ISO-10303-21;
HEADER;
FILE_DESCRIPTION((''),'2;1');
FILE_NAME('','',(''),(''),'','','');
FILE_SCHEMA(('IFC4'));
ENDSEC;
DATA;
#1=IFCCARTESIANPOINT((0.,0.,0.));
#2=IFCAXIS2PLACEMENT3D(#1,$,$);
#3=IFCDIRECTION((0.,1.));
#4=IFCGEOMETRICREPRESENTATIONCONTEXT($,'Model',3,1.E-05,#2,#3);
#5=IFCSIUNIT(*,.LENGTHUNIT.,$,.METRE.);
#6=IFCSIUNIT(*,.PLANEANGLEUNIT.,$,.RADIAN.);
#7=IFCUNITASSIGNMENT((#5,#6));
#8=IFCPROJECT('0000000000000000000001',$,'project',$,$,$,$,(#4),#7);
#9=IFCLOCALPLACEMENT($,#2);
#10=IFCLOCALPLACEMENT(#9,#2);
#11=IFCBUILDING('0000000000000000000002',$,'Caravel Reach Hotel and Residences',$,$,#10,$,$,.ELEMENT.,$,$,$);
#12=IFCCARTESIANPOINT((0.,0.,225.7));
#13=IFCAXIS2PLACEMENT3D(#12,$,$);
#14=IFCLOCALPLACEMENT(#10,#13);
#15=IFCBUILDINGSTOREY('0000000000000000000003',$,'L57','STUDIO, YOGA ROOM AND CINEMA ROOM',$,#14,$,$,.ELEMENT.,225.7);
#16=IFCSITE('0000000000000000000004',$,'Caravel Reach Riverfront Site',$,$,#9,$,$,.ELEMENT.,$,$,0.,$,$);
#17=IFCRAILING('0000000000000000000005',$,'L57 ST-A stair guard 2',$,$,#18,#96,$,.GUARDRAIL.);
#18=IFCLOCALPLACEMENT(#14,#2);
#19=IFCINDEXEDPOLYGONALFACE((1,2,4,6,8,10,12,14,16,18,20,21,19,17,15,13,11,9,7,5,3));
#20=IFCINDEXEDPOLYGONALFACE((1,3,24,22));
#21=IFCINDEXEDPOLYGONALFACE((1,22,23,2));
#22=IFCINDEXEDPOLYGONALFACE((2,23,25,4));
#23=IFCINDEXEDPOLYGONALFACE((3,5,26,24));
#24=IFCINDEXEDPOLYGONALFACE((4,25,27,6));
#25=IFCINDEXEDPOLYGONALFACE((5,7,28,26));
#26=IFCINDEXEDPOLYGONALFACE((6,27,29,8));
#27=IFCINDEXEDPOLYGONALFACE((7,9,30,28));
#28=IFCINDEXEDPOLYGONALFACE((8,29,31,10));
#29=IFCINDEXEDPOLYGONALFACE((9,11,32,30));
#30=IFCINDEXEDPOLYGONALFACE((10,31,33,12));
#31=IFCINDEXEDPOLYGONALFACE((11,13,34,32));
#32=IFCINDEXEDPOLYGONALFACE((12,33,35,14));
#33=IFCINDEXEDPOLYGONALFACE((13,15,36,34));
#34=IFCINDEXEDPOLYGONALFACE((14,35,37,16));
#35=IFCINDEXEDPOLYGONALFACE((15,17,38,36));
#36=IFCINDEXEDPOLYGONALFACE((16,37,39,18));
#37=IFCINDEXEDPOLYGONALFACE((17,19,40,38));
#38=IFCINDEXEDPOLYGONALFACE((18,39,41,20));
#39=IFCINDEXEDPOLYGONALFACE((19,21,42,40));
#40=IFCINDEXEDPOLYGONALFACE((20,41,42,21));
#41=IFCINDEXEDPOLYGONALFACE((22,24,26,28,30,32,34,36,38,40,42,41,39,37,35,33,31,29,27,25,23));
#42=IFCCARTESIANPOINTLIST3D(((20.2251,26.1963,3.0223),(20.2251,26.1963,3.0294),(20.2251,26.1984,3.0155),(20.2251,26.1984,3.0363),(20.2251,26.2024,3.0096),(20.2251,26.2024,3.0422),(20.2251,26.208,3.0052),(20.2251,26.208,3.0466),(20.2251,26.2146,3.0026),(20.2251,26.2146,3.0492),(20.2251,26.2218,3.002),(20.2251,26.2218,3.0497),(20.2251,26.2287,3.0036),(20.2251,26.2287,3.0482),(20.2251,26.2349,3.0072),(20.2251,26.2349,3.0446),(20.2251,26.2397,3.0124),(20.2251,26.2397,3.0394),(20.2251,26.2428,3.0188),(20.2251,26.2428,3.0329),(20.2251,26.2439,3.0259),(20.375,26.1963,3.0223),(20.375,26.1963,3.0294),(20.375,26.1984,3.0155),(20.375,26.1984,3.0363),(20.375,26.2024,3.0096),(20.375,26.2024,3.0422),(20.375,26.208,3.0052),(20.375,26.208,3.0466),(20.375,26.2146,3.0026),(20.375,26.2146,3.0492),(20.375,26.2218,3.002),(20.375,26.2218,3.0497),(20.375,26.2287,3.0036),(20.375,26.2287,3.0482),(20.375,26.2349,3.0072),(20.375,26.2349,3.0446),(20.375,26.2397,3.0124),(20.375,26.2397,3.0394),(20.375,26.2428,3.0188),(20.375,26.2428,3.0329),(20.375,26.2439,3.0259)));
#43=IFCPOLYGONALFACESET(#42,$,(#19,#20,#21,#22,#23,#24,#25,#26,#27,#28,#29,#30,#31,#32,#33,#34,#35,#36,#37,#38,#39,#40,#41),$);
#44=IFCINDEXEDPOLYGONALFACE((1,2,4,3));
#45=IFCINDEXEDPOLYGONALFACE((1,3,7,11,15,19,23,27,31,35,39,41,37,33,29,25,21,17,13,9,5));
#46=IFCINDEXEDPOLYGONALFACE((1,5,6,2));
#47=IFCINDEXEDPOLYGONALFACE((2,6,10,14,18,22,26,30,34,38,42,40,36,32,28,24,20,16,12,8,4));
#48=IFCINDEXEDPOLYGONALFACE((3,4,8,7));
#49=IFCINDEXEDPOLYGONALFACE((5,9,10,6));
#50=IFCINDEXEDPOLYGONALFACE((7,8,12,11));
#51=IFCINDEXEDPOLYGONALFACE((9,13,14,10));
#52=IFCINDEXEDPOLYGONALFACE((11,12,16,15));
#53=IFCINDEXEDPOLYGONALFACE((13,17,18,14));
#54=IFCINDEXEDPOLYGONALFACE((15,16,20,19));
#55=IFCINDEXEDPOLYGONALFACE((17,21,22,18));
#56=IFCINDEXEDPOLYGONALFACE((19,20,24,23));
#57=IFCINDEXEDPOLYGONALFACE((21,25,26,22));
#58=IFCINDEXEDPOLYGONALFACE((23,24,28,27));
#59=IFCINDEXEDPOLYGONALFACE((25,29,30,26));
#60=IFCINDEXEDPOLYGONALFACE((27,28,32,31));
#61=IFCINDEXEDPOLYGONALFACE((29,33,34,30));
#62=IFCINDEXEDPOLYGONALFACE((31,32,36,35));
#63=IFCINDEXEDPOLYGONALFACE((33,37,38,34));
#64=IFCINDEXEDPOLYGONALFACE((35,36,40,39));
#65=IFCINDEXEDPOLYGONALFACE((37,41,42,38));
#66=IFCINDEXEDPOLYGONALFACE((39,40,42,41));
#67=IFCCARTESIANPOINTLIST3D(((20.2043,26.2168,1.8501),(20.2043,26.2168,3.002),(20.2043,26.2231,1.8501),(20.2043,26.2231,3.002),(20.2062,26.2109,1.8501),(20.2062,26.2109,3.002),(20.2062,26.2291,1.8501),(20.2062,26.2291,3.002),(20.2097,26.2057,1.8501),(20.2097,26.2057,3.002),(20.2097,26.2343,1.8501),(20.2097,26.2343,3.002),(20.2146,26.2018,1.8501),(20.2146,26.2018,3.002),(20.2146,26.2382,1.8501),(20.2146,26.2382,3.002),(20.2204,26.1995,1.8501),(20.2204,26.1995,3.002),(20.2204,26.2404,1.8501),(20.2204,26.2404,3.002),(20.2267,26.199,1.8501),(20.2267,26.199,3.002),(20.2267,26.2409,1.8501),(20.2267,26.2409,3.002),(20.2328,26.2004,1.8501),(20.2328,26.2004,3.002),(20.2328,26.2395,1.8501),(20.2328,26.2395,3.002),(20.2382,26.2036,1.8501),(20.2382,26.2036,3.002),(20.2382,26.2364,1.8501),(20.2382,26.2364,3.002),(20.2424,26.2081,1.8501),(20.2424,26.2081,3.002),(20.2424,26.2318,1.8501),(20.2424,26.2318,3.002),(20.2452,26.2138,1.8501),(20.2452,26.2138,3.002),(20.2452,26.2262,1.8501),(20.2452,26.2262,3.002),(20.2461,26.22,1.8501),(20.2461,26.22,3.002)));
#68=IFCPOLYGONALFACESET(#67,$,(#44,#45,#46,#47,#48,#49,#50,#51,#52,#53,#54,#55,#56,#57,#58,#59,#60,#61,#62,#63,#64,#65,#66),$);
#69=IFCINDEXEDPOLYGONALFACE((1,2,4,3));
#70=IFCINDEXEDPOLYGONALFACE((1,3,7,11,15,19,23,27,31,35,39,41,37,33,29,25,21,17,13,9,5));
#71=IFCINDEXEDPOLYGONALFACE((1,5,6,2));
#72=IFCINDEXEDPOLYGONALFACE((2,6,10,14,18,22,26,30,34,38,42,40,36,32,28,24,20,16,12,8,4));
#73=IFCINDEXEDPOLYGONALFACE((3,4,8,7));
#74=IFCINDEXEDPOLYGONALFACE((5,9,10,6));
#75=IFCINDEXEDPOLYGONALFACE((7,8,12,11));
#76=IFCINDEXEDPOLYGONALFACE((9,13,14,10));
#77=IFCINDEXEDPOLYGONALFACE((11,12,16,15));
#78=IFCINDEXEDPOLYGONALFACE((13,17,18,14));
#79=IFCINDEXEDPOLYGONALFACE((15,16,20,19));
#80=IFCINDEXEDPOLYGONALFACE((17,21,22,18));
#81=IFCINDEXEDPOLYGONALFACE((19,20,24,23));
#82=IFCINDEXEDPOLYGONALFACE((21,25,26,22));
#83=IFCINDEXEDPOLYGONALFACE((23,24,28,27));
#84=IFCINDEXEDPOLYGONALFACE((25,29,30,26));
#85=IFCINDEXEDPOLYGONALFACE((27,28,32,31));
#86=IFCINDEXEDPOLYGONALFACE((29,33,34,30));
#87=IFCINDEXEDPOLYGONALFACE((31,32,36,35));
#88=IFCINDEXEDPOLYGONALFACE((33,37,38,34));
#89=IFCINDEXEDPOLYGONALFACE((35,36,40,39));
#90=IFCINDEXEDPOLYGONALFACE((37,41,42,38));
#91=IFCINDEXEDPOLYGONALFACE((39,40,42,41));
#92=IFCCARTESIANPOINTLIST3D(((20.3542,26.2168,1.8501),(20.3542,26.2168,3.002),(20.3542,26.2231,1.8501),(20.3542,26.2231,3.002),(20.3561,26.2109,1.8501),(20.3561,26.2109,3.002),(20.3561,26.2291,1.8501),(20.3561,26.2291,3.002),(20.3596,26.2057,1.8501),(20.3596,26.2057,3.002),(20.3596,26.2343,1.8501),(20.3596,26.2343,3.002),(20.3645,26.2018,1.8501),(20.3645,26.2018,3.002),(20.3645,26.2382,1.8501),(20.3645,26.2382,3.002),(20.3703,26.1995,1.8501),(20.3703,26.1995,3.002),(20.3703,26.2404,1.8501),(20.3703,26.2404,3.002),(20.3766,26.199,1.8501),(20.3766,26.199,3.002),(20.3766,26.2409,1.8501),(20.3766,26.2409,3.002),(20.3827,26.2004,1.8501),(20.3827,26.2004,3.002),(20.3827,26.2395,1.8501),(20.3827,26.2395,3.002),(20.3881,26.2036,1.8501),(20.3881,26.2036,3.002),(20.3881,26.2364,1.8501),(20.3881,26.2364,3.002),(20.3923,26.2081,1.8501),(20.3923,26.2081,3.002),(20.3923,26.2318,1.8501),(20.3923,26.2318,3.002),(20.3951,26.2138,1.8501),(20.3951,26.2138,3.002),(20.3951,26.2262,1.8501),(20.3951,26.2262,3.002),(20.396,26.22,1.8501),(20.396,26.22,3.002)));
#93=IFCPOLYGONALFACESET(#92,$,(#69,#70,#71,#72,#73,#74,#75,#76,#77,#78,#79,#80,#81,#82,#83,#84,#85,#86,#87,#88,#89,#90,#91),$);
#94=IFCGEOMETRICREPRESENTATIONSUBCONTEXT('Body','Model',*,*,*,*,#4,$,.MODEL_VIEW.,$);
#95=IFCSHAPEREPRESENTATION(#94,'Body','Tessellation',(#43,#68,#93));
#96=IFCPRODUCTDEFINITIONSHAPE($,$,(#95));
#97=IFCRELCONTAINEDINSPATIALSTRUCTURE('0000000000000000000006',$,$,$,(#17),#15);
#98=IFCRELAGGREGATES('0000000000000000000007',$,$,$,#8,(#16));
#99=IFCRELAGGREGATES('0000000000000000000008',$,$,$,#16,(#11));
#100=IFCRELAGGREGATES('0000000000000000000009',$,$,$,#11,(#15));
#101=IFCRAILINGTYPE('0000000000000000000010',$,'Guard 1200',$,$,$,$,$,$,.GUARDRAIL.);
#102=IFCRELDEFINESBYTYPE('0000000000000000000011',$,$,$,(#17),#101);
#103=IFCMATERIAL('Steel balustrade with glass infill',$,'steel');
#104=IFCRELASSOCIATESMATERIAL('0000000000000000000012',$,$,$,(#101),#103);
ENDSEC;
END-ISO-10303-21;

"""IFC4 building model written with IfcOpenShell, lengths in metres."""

from ifc_helpers import new_model, si_unit, direction, frame, origin, origin_2d, place, context, subcontext, project, spatial, circle, extrude, material, type_object, element, save


model = new_model("IFC4")

# Units and contexts
model_context = context("Model", 3, precision=1e-05, world=origin(), true_north=direction((0.0, 1.0)))
body_context = subcontext(model_context, "Body", "Model", "MODEL_VIEW")
ifc_project = project(units=[si_unit("LENGTHUNIT", "METRE"), si_unit("PLANEANGLEUNIT", "RADIAN")], contexts=[model_context])

# Site, building, storey
site_placement = place(None, origin())
site = spatial("IfcSite", under=ifc_project, at=site_placement, Name="Caravel Reach Riverfront Site", CompositionType="ELEMENT", RefElevation=0.0)
building_placement = place(site_placement, origin())
building = spatial("IfcBuilding", under=site, at=building_placement, Name="Caravel Reach Hotel and Residences", CompositionType="ELEMENT")
storey_placement = place(building_placement, frame((0.0, 0.0, 225.7)))
storey = spatial("IfcBuildingStorey", under=building, at=storey_placement, Name="L57", Description="STUDIO, YOGA ROOM AND CINEMA ROOM", CompositionType="ELEMENT", Elevation=225.7)

# Railing
ifc_material_1 = material(Name="Steel balustrade with glass infill", Category="steel")
railing_type_1 = type_object("IfcRailingType", Name="Guard 1200", PredefinedType="GUARDRAIL", material=ifc_material_1)
railing_1_placement = place(storey_placement, frame((20.2251, 26.22, 1.8501)))
element("IfcRailing", 1, at=railing_1_placement, inside=storey, type_object=railing_type_1, Name="L57 ST-A stair guard 2", PredefinedType="GUARDRAIL", context=body_context, shape_type="SweptSolid", body=[
    extrude(circle(Radius=0.0239, at=origin_2d()), frame((0.0, 0.0, 1.1758), z_axis=(1.0, 0.0, 0.0), x_axis=(0.0, 1.0, 0.0)), (0.0, 0.0, 1.0), 0.1499),
    extrude(circle(Radius=0.021, at=origin_2d()), origin(), (0.0, 0.0, 1.0), 1.1519),
    extrude(circle(Radius=0.021, at=origin_2d()), frame((0.1499, 0.0, 0.0)), (0.0, 0.0, 1.0), 1.1519),
])

save(model, "model.ifc")
